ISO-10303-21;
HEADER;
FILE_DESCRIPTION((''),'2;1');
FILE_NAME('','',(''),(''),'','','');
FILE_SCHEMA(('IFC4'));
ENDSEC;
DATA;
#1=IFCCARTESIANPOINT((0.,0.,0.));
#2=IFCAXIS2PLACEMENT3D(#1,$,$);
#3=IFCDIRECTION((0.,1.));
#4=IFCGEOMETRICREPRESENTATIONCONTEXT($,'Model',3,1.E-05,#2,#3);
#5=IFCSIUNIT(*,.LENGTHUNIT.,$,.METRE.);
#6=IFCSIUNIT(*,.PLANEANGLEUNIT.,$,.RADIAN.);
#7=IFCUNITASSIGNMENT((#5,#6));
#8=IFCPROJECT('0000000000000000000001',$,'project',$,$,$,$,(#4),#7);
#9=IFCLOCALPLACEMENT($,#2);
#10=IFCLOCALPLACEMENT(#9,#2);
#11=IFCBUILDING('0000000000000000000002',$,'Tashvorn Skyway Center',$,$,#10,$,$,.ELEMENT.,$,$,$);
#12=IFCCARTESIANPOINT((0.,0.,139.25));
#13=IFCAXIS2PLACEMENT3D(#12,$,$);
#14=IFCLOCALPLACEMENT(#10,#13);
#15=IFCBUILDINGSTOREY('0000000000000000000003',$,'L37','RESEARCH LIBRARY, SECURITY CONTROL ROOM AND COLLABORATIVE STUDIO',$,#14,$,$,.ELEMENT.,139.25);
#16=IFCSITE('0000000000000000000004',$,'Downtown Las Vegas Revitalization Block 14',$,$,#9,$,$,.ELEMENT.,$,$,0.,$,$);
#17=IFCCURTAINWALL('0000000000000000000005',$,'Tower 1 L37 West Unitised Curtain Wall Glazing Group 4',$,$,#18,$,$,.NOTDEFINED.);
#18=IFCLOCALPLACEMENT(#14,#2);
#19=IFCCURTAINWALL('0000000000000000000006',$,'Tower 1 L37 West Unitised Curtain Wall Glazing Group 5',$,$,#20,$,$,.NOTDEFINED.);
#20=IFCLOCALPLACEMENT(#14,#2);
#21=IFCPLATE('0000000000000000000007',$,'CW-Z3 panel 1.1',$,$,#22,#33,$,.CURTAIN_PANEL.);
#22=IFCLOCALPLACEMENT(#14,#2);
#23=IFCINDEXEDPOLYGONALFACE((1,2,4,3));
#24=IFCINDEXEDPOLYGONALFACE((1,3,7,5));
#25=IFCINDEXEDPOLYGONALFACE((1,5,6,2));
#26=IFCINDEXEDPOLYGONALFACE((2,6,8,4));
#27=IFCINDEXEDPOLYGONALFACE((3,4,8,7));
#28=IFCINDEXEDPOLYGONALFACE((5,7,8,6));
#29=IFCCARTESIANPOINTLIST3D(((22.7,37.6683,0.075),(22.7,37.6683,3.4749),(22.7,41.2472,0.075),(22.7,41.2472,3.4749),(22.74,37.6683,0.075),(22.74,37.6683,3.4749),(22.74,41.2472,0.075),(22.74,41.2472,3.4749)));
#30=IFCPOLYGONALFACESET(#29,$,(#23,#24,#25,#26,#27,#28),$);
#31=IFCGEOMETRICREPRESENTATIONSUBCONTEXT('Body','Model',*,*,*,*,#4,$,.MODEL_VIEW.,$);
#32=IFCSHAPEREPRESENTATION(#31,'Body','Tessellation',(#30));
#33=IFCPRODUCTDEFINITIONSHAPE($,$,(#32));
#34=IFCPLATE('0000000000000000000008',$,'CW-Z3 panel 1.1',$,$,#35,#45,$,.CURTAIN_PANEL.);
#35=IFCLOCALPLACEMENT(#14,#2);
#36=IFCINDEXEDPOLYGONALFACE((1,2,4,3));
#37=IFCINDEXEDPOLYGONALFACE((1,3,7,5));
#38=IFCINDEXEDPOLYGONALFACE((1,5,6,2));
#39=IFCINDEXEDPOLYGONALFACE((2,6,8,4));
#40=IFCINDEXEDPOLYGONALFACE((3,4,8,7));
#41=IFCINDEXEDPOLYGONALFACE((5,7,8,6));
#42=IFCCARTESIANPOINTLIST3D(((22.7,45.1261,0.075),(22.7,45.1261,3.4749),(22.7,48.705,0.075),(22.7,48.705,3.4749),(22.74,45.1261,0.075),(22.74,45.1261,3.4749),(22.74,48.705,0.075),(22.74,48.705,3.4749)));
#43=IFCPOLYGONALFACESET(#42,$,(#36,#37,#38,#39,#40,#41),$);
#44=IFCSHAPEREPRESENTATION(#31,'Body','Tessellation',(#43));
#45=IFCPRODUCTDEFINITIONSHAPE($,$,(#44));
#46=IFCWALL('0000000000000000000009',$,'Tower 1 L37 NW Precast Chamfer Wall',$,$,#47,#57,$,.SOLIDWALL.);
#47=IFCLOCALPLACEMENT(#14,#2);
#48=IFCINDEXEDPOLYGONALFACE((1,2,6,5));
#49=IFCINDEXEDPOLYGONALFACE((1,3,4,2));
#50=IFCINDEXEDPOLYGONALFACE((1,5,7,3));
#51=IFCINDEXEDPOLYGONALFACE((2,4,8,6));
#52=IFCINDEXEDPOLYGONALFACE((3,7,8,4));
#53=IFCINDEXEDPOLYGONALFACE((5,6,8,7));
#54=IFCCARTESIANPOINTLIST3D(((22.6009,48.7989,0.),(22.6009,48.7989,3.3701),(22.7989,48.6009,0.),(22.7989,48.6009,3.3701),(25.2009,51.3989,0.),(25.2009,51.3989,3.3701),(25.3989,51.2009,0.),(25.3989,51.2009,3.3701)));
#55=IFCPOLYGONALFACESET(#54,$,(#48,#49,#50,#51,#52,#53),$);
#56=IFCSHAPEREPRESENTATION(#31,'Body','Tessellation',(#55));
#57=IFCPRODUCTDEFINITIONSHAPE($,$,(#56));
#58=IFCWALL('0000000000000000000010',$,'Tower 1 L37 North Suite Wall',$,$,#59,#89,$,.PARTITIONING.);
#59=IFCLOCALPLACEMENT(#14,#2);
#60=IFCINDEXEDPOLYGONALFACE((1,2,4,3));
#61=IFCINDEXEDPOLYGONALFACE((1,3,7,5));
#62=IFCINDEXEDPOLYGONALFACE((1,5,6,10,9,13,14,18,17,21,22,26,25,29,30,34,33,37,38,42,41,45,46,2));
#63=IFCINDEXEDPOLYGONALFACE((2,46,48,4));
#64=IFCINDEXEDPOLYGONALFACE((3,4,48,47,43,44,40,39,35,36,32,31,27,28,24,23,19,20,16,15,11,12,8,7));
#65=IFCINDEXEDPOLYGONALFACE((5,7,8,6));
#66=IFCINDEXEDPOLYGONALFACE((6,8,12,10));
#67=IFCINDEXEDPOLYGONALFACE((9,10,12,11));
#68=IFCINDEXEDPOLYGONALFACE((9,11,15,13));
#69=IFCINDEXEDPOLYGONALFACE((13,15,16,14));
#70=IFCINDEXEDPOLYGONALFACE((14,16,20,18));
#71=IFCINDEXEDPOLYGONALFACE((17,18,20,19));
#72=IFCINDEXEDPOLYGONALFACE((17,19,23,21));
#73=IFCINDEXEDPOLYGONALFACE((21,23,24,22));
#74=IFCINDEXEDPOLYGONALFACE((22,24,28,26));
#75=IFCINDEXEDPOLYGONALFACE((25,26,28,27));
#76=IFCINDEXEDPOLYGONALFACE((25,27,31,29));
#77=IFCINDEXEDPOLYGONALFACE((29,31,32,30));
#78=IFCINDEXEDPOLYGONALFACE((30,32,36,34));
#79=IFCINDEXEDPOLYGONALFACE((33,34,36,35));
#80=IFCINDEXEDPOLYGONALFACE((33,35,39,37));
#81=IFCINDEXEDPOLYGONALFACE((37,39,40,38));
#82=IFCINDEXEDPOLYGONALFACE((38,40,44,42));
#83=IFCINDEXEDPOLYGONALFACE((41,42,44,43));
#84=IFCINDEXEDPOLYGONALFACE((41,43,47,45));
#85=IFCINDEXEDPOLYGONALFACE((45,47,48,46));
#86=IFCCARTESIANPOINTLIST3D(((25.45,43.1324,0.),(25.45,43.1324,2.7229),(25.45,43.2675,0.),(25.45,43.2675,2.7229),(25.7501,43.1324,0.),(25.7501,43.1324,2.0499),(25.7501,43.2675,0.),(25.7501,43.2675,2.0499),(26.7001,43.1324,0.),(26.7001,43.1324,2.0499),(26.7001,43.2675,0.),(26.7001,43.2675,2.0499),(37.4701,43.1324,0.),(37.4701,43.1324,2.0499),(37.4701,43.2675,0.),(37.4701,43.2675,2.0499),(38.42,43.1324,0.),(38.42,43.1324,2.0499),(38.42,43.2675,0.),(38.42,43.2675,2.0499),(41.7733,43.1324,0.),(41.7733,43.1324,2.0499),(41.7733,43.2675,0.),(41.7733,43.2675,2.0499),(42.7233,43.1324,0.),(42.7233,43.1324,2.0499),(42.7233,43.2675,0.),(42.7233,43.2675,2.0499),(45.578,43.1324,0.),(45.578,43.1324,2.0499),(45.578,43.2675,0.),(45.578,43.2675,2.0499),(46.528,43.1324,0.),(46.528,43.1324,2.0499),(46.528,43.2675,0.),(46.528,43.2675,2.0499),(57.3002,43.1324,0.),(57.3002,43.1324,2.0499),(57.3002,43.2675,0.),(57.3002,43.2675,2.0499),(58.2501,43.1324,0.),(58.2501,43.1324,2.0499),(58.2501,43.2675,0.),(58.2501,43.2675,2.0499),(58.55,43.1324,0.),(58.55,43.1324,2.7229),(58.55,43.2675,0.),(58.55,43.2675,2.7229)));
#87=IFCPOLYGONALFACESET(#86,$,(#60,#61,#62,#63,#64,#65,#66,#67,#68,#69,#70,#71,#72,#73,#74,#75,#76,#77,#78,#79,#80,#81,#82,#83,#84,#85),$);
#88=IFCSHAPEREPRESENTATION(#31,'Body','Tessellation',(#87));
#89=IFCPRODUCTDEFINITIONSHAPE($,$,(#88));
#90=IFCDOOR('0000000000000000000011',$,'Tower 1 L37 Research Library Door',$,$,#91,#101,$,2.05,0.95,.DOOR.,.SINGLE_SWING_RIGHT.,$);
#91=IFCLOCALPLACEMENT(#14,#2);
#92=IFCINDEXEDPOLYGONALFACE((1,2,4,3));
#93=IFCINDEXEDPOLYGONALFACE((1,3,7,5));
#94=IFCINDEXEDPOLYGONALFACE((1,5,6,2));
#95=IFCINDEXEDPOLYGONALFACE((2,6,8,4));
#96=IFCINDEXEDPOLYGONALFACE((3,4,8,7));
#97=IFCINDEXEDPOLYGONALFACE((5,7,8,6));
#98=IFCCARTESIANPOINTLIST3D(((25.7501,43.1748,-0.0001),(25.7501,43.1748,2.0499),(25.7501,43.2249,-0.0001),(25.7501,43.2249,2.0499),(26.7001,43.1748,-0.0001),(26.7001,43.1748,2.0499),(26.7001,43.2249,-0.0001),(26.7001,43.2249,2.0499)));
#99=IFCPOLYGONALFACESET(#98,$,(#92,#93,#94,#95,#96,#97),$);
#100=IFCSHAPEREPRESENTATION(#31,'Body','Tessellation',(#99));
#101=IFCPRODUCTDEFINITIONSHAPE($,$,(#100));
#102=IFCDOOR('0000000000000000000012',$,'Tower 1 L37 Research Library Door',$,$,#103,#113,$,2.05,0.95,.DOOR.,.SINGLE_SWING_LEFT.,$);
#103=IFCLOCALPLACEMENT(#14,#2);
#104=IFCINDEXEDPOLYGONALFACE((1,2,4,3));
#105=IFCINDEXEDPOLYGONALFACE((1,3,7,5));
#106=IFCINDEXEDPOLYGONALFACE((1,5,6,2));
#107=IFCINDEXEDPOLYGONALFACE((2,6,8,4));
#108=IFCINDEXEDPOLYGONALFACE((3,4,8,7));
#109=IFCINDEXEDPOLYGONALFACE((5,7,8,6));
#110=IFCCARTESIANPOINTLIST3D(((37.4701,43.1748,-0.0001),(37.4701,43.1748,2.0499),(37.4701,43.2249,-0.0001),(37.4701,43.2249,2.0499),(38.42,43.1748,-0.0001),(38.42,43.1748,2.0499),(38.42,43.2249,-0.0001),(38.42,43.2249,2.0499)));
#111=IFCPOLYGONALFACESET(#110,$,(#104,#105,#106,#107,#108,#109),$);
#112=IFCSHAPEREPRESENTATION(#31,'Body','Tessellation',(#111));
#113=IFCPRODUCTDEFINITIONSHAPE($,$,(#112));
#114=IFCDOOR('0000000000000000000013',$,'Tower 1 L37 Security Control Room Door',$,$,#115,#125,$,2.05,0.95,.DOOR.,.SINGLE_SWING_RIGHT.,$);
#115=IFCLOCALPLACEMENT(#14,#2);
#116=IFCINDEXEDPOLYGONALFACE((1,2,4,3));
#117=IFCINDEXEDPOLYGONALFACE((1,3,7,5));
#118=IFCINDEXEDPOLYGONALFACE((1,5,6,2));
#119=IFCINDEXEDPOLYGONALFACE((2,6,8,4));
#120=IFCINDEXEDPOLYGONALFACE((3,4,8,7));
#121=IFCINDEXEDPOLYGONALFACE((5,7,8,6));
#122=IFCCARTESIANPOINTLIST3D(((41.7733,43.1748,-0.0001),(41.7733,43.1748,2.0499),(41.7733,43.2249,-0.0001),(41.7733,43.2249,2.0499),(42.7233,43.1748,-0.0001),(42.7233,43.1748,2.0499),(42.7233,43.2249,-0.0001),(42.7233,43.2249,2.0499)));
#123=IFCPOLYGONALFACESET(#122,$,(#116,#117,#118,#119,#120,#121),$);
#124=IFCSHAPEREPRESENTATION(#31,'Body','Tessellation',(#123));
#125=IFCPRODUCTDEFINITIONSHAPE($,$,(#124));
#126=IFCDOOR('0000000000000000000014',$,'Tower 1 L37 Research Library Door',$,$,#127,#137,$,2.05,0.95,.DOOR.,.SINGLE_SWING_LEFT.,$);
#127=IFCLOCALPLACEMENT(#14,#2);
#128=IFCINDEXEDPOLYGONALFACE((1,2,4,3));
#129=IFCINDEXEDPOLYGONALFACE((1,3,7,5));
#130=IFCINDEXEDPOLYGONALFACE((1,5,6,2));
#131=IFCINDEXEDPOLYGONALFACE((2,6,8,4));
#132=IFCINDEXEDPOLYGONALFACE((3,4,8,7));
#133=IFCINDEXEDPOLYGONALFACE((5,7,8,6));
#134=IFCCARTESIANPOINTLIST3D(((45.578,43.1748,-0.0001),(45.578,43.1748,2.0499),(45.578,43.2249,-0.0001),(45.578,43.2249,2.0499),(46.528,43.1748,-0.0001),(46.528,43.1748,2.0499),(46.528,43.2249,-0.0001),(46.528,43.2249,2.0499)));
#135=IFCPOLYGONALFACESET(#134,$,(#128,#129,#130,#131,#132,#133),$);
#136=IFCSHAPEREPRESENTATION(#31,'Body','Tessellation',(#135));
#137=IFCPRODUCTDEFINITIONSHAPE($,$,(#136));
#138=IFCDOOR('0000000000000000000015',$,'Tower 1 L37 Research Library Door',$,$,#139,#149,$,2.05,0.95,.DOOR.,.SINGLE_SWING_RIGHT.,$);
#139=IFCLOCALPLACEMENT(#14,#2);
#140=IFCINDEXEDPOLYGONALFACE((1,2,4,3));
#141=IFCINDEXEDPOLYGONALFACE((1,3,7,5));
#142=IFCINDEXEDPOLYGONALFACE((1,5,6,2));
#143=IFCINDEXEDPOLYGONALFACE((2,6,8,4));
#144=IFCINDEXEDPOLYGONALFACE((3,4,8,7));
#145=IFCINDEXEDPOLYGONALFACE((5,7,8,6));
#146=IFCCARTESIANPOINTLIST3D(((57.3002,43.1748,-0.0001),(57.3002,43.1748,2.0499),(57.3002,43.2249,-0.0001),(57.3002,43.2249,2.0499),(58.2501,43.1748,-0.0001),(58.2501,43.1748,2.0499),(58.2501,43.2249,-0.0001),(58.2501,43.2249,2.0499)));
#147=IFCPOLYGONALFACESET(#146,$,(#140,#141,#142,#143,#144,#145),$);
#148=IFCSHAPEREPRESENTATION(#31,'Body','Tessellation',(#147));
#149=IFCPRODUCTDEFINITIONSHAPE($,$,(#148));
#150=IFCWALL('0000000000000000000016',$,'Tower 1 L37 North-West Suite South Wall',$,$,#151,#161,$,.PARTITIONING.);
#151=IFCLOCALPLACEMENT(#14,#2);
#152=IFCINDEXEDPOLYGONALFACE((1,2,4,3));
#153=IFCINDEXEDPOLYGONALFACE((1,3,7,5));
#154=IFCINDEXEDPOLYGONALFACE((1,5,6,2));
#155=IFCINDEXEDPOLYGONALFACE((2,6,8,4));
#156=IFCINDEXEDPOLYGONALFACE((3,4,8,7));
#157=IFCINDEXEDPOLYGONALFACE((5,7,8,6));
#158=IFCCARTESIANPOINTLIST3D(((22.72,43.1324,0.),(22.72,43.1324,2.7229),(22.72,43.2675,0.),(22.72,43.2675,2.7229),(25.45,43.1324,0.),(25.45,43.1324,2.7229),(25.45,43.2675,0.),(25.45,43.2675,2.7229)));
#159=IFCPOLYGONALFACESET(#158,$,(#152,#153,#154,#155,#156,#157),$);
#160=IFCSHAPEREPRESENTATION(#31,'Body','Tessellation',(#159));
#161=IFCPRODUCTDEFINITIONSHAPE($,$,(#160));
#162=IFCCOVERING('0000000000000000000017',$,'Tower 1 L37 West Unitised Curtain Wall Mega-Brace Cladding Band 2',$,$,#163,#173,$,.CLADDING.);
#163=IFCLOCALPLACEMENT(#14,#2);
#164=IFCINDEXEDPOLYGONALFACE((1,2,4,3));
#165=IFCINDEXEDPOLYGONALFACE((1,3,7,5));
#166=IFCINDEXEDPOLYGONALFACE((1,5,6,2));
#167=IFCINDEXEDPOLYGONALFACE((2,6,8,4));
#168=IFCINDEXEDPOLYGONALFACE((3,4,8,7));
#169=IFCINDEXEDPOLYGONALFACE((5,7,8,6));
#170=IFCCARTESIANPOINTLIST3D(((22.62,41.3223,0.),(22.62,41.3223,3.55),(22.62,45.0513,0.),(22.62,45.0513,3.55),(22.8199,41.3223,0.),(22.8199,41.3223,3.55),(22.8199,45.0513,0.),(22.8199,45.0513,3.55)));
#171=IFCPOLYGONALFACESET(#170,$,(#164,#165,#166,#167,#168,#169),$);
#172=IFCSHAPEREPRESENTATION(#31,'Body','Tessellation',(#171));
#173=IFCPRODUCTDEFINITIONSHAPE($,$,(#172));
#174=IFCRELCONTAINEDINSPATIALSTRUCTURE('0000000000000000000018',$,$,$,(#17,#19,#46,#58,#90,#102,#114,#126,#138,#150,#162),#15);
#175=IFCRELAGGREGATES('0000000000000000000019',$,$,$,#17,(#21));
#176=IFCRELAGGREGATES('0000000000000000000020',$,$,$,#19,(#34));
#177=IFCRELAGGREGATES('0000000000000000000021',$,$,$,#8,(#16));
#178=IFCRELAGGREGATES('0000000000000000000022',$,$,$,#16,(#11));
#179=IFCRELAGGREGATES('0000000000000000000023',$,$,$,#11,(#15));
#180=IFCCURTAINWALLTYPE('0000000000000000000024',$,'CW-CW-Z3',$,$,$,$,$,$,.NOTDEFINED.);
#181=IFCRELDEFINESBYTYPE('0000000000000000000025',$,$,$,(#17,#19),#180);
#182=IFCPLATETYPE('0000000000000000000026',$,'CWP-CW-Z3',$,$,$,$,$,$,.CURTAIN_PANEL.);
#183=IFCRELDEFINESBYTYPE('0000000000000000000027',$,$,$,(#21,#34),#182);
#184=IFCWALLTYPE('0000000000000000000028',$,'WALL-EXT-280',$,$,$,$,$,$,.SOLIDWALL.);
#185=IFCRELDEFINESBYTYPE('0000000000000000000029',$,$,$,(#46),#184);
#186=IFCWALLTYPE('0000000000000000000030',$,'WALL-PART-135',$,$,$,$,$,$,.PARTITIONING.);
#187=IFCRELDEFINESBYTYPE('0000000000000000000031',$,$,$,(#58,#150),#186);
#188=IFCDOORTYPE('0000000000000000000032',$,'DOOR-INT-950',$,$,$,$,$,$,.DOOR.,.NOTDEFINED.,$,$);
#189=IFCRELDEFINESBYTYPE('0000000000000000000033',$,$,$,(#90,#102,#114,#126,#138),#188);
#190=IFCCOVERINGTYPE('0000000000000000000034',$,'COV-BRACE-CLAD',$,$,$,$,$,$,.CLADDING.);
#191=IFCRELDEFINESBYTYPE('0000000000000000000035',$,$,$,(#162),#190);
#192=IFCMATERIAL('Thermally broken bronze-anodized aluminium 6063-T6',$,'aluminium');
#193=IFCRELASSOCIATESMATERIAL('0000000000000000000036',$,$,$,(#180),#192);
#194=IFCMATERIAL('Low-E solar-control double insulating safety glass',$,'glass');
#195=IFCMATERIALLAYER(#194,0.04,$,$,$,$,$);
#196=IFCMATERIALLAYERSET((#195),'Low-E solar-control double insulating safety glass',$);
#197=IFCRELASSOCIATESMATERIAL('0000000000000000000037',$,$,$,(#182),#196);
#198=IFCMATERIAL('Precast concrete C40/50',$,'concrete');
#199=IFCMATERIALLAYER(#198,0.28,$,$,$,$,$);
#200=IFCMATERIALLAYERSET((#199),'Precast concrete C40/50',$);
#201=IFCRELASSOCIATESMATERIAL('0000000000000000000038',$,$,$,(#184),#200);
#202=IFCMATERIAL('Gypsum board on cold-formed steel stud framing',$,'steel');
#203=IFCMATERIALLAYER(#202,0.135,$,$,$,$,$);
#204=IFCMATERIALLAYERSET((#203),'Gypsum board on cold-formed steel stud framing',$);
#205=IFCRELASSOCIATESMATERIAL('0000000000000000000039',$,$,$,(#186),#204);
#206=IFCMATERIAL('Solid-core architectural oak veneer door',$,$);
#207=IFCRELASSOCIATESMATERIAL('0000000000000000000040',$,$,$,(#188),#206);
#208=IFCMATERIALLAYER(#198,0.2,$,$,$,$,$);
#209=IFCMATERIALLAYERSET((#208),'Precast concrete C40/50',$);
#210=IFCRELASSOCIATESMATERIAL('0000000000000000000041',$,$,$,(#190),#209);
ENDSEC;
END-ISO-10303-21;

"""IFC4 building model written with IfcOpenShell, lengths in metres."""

from ifc_helpers import new_model, si_unit, direction, frame, frame_2d, origin, origin_2d, place, context, subcontext, project, spatial, rectangle, extrude, material, layer, layer_set, type_object, element, fill, aggregate, save


model = new_model("IFC4")

# Units and contexts
model_context = context("Model", 3, precision=1e-05, world=origin(), true_north=direction((0.0, 1.0)))
body_context = subcontext(model_context, "Body", "Model", "MODEL_VIEW")
ifc_project = project(units=[si_unit("LENGTHUNIT", "METRE"), si_unit("PLANEANGLEUNIT", "RADIAN")], contexts=[model_context])

# Site, building, storey
site_placement = place(None, origin())
site = spatial("IfcSite", under=ifc_project, at=site_placement, Name="Downtown Las Vegas Revitalization Block 14", CompositionType="ELEMENT", RefElevation=0.0)
building_placement = place(site_placement, origin())
building = spatial("IfcBuilding", under=site, at=building_placement, Name="Tashvorn Skyway Center", CompositionType="ELEMENT")
storey_placement = place(building_placement, frame((0.0, 0.0, 139.25)))
storey = spatial("IfcBuildingStorey", under=building, at=storey_placement, Name="L37", Description="RESEARCH LIBRARY, SECURITY CONTROL ROOM AND COLLABORATIVE STUDIO", CompositionType="ELEMENT", Elevation=139.25)

# Curtain wall
ifc_material_1 = material(Name="Thermally broken bronze-anodized aluminium 6063-T6", Category="aluminium")
curtain_wall_type = type_object("IfcCurtainWallType", Name="CW-CW-Z3", PredefinedType="NOTDEFINED", material=ifc_material_1)
curtain_wall_1_placement = place(storey_placement, origin())
curtain_wall_1 = element("IfcCurtainWall", 1, at=curtain_wall_1_placement, inside=storey, type_object=curtain_wall_type, Name="Tower 1 L37 West Unitised Curtain Wall Glazing Group 4", PredefinedType="NOTDEFINED")

# Curtain wall
curtain_wall_2_placement = place(storey_placement, origin())
curtain_wall_2 = element("IfcCurtainWall", 2, at=curtain_wall_2_placement, inside=storey, type_object=curtain_wall_type, Name="Tower 1 L37 West Unitised Curtain Wall Glazing Group 5", PredefinedType="NOTDEFINED")

# Plates
ifc_material_2 = material(Name="Low-E solar-control double insulating safety glass", Category="glass")
ifc_layer_1 = layer(ifc_material_2, 0.04)
ifc_layer_set_1 = layer_set([ifc_layer_1], Name="Low-E solar-control double insulating safety glass")
plate_type = type_object("IfcPlateType", Name="CWP-CW-Z3", PredefinedType="CURTAIN_PANEL", material=ifc_layer_set_1)
plate_1_placement = place(storey_placement, frame((22.72, 39.4578, 0.075), z_axis=(0.0, 0.0, 1.0), x_axis=(0.0, 1.0, 0.0)))
plate_1 = element("IfcPlate", 3, at=plate_1_placement, type_object=plate_type, Name="CW-Z3 panel 1.1", PredefinedType="CURTAIN_PANEL", context=body_context, shape_type="SweptSolid", body=[
    extrude(rectangle(XDim=3.5789, YDim=0.04, at=origin_2d()), origin(), (0.0, 0.0, 1.0), 3.3999),
])
aggregate(curtain_wall_1, [plate_1])
plate_2_placement = place(storey_placement, frame((22.72, 46.9155, 0.075), z_axis=(0.0, 0.0, 1.0), x_axis=(0.0, 1.0, 0.0)))
plate_2 = element("IfcPlate", 4, at=plate_2_placement, type_object=plate_type, Name="CW-Z3 panel 1.1", PredefinedType="CURTAIN_PANEL", context=body_context, shape_type="SweptSolid", body=[
    extrude(rectangle(XDim=3.5789, YDim=0.04, at=origin_2d()), origin(), (0.0, 0.0, 1.0), 3.3999),
])
aggregate(curtain_wall_2, [plate_2])

# Wall
ifc_material_3 = material(Name="Precast concrete C40/50", Category="concrete")
ifc_layer_2 = layer(ifc_material_3, 0.28)
ifc_layer_set_2 = layer_set([ifc_layer_2], Name="Precast concrete C40/50")
wall_type_1 = type_object("IfcWallType", Name="WALL-EXT-280", PredefinedType="SOLIDWALL", material=ifc_layer_set_2)
wall_1_placement = place(storey_placement, frame((22.7, 48.7, 0.0), z_axis=(0.0, 0.0, 1.0), x_axis=(0.707107, 0.707107, 0.0)))
element("IfcWall", 5, at=wall_1_placement, inside=storey, type_object=wall_type_1, Name="Tower 1 L37 NW Precast Chamfer Wall", PredefinedType="SOLIDWALL", context=body_context, shape_type="SweptSolid", body=[
    extrude(rectangle(XDim=3.677, YDim=0.28, at=frame_2d((1.8384, 0.0))), origin(), (0.0, 0.0, 1.0), 3.3701),
])

# Wall, openings, doors
ifc_material_4 = material(Name="Gypsum board on cold-formed steel stud framing", Category="steel")
ifc_layer_3 = layer(ifc_material_4, 0.135)
ifc_layer_set_3 = layer_set([ifc_layer_3], Name="Gypsum board on cold-formed steel stud framing")
wall_type_2 = type_object("IfcWallType", Name="WALL-PART-135", PredefinedType="PARTITIONING", material=ifc_layer_set_3)
wall_2_placement = place(storey_placement, frame((25.45, 43.2, 0.0), z_axis=(0.0, 0.0, 1.0), x_axis=(1.0, 0.0, 0.0)))
wall_2 = element("IfcWall", 6, at=wall_2_placement, inside=storey, type_object=wall_type_2, Name="Tower 1 L37 North Suite Wall", PredefinedType="PARTITIONING", context=body_context, shape_type="SweptSolid", body=[
    extrude(rectangle(XDim=33.1001, YDim=0.135, at=frame_2d((16.55, 0.0))), origin(), (0.0, 0.0, 1.0), 2.7229),
])
opening_1_placement = place(wall_2_placement, frame((0.3, 0.0, 0.0)))
opening_1 = element("IfcOpeningElement", 7, at=opening_1_placement, cuts=wall_2, PredefinedType="OPENING", context=body_context, shape_type="SweptSolid", body=[
    extrude(rectangle(XDim=0.95, YDim=2.05, at=frame_2d((0.4751, 1.0249))), frame((0.0, 0.0774, 0.0), z_axis=(0.0, -1.0, 0.0), x_axis=(1.0, 0.0, 0.0)), (0.0, 0.0, 1.0), 0.155),
])
opening_2_placement = place(wall_2_placement, frame((12.02, 0.0, 0.0)))
opening_2 = element("IfcOpeningElement", 8, at=opening_2_placement, cuts=wall_2, PredefinedType="OPENING", context=body_context, shape_type="SweptSolid", body=[
    extrude(rectangle(XDim=0.95, YDim=2.05, at=frame_2d((0.4751, 1.0249))), frame((0.0, 0.0774, 0.0), z_axis=(0.0, -1.0, 0.0), x_axis=(1.0, 0.0, 0.0)), (0.0, 0.0, 1.0), 0.155),
])
opening_3_placement = place(wall_2_placement, frame((16.3232, 0.0, 0.0)))
opening_3 = element("IfcOpeningElement", 9, at=opening_3_placement, cuts=wall_2, PredefinedType="OPENING", context=body_context, shape_type="SweptSolid", body=[
    extrude(rectangle(XDim=0.95, YDim=2.05, at=frame_2d((0.4751, 1.0249))), frame((0.0, 0.0774, 0.0), z_axis=(0.0, -1.0, 0.0), x_axis=(1.0, 0.0, 0.0)), (0.0, 0.0, 1.0), 0.155),
])
opening_4_placement = place(wall_2_placement, frame((20.1279, 0.0, 0.0)))
opening_4 = element("IfcOpeningElement", 10, at=opening_4_placement, cuts=wall_2, PredefinedType="OPENING", context=body_context, shape_type="SweptSolid", body=[
    extrude(rectangle(XDim=0.95, YDim=2.05, at=frame_2d((0.4751, 1.0249))), frame((0.0, 0.0774, 0.0), z_axis=(0.0, -1.0, 0.0), x_axis=(1.0, 0.0, 0.0)), (0.0, 0.0, 1.0), 0.155),
])
opening_5_placement = place(wall_2_placement, frame((31.8501, 0.0, 0.0)))
opening_5 = element("IfcOpeningElement", 11, at=opening_5_placement, cuts=wall_2, PredefinedType="OPENING", context=body_context, shape_type="SweptSolid", body=[
    extrude(rectangle(XDim=0.95, YDim=2.05, at=frame_2d((0.4751, 1.0249))), frame((0.0, 0.0774, 0.0), z_axis=(0.0, -1.0, 0.0), x_axis=(1.0, 0.0, 0.0)), (0.0, 0.0, 1.0), 0.155),
])
ifc_material_5 = material(Name="Solid-core architectural oak veneer door")
door_type = type_object("IfcDoorType", Name="DOOR-INT-950", OperationType="NOTDEFINED", PredefinedType="DOOR", material=ifc_material_5)
door_1_placement = place(opening_1_placement, origin())
door_1 = element("IfcDoor", 12, at=door_1_placement, inside=storey, type_object=door_type, Name="Tower 1 L37 Research Library Door", OperationType="SINGLE_SWING_RIGHT", OverallHeight=2.05, OverallWidth=0.95, PredefinedType="DOOR", context=body_context, shape_type="SweptSolid", body=[
    extrude(rectangle(XDim=0.95, YDim=2.05, at=frame_2d((0.4751, 1.0249))), frame((0.0, 0.0249, 0.0), z_axis=(0.0, -1.0, 0.0), x_axis=(1.0, 0.0, 0.0)), (0.0, 0.0, 1.0), 0.05),
])
fill(opening_1, door_1)
door_2_placement = place(opening_2_placement, origin())
door_2 = element("IfcDoor", 13, at=door_2_placement, inside=storey, type_object=door_type, Name="Tower 1 L37 Research Library Door", OperationType="SINGLE_SWING_LEFT", OverallHeight=2.05, OverallWidth=0.95, PredefinedType="DOOR", context=body_context, shape_type="SweptSolid", body=[
    extrude(rectangle(XDim=0.95, YDim=2.05, at=frame_2d((0.4751, 1.0249))), frame((0.0, 0.0249, 0.0), z_axis=(0.0, -1.0, 0.0), x_axis=(1.0, 0.0, 0.0)), (0.0, 0.0, 1.0), 0.05),
])
fill(opening_2, door_2)
door_3_placement = place(opening_3_placement, origin())
door_3 = element("IfcDoor", 14, at=door_3_placement, inside=storey, type_object=door_type, Name="Tower 1 L37 Security Control Room Door", OperationType="SINGLE_SWING_RIGHT", OverallHeight=2.05, OverallWidth=0.95, PredefinedType="DOOR", context=body_context, shape_type="SweptSolid", body=[
    extrude(rectangle(XDim=0.95, YDim=2.05, at=frame_2d((0.4751, 1.0249))), frame((0.0, 0.0249, 0.0), z_axis=(0.0, -1.0, 0.0), x_axis=(1.0, 0.0, 0.0)), (0.0, 0.0, 1.0), 0.05),
])
fill(opening_3, door_3)
door_4_placement = place(opening_4_placement, origin())
door_4 = element("IfcDoor", 15, at=door_4_placement, inside=storey, type_object=door_type, Name="Tower 1 L37 Research Library Door", OperationType="SINGLE_SWING_LEFT", OverallHeight=2.05, OverallWidth=0.95, PredefinedType="DOOR", context=body_context, shape_type="SweptSolid", body=[
    extrude(rectangle(XDim=0.95, YDim=2.05, at=frame_2d((0.4751, 1.0249))), frame((0.0, 0.0249, 0.0), z_axis=(0.0, -1.0, 0.0), x_axis=(1.0, 0.0, 0.0)), (0.0, 0.0, 1.0), 0.05),
])
fill(opening_4, door_4)
door_5_placement = place(opening_5_placement, origin())
door_5 = element("IfcDoor", 16, at=door_5_placement, inside=storey, type_object=door_type, Name="Tower 1 L37 Research Library Door", OperationType="SINGLE_SWING_RIGHT", OverallHeight=2.05, OverallWidth=0.95, PredefinedType="DOOR", context=body_context, shape_type="SweptSolid", body=[
    extrude(rectangle(XDim=0.95, YDim=2.05, at=frame_2d((0.4751, 1.0249))), frame((0.0, 0.0249, 0.0), z_axis=(0.0, -1.0, 0.0), x_axis=(1.0, 0.0, 0.0)), (0.0, 0.0, 1.0), 0.05),
])
fill(opening_5, door_5)

# Wall
wall_3_placement = place(storey_placement, frame((22.72, 43.2, 0.0), z_axis=(0.0, 0.0, 1.0), x_axis=(1.0, 0.0, 0.0)))
element("IfcWall", 17, at=wall_3_placement, inside=storey, type_object=wall_type_2, Name="Tower 1 L37 North-West Suite South Wall", PredefinedType="PARTITIONING", context=body_context, shape_type="SweptSolid", body=[
    extrude(rectangle(XDim=2.73, YDim=0.135, at=frame_2d((1.365, 0.0))), origin(), (0.0, 0.0, 1.0), 2.7229),
])

# Covering
ifc_layer_4 = layer(ifc_material_3, 0.2)
ifc_layer_set_4 = layer_set([ifc_layer_4], Name="Precast concrete C40/50")
covering_type_1 = type_object("IfcCoveringType", Name="COV-BRACE-CLAD", PredefinedType="CLADDING", material=ifc_layer_set_4)
covering_1_placement = place(storey_placement, frame((22.72, 43.1868, 0.0), z_axis=(0.0, 0.0, 1.0), x_axis=(0.0, 1.0, 0.0)))
element("IfcCovering", 18, at=covering_1_placement, inside=storey, type_object=covering_type_1, Name="Tower 1 L37 West Unitised Curtain Wall Mega-Brace Cladding Band 2", PredefinedType="CLADDING", context=body_context, shape_type="SweptSolid", body=[
    extrude(rectangle(XDim=3.729, YDim=0.2, at=origin_2d()), origin(), (0.0, 0.0, 1.0), 3.55),
])

save(model, "model.ifc")
